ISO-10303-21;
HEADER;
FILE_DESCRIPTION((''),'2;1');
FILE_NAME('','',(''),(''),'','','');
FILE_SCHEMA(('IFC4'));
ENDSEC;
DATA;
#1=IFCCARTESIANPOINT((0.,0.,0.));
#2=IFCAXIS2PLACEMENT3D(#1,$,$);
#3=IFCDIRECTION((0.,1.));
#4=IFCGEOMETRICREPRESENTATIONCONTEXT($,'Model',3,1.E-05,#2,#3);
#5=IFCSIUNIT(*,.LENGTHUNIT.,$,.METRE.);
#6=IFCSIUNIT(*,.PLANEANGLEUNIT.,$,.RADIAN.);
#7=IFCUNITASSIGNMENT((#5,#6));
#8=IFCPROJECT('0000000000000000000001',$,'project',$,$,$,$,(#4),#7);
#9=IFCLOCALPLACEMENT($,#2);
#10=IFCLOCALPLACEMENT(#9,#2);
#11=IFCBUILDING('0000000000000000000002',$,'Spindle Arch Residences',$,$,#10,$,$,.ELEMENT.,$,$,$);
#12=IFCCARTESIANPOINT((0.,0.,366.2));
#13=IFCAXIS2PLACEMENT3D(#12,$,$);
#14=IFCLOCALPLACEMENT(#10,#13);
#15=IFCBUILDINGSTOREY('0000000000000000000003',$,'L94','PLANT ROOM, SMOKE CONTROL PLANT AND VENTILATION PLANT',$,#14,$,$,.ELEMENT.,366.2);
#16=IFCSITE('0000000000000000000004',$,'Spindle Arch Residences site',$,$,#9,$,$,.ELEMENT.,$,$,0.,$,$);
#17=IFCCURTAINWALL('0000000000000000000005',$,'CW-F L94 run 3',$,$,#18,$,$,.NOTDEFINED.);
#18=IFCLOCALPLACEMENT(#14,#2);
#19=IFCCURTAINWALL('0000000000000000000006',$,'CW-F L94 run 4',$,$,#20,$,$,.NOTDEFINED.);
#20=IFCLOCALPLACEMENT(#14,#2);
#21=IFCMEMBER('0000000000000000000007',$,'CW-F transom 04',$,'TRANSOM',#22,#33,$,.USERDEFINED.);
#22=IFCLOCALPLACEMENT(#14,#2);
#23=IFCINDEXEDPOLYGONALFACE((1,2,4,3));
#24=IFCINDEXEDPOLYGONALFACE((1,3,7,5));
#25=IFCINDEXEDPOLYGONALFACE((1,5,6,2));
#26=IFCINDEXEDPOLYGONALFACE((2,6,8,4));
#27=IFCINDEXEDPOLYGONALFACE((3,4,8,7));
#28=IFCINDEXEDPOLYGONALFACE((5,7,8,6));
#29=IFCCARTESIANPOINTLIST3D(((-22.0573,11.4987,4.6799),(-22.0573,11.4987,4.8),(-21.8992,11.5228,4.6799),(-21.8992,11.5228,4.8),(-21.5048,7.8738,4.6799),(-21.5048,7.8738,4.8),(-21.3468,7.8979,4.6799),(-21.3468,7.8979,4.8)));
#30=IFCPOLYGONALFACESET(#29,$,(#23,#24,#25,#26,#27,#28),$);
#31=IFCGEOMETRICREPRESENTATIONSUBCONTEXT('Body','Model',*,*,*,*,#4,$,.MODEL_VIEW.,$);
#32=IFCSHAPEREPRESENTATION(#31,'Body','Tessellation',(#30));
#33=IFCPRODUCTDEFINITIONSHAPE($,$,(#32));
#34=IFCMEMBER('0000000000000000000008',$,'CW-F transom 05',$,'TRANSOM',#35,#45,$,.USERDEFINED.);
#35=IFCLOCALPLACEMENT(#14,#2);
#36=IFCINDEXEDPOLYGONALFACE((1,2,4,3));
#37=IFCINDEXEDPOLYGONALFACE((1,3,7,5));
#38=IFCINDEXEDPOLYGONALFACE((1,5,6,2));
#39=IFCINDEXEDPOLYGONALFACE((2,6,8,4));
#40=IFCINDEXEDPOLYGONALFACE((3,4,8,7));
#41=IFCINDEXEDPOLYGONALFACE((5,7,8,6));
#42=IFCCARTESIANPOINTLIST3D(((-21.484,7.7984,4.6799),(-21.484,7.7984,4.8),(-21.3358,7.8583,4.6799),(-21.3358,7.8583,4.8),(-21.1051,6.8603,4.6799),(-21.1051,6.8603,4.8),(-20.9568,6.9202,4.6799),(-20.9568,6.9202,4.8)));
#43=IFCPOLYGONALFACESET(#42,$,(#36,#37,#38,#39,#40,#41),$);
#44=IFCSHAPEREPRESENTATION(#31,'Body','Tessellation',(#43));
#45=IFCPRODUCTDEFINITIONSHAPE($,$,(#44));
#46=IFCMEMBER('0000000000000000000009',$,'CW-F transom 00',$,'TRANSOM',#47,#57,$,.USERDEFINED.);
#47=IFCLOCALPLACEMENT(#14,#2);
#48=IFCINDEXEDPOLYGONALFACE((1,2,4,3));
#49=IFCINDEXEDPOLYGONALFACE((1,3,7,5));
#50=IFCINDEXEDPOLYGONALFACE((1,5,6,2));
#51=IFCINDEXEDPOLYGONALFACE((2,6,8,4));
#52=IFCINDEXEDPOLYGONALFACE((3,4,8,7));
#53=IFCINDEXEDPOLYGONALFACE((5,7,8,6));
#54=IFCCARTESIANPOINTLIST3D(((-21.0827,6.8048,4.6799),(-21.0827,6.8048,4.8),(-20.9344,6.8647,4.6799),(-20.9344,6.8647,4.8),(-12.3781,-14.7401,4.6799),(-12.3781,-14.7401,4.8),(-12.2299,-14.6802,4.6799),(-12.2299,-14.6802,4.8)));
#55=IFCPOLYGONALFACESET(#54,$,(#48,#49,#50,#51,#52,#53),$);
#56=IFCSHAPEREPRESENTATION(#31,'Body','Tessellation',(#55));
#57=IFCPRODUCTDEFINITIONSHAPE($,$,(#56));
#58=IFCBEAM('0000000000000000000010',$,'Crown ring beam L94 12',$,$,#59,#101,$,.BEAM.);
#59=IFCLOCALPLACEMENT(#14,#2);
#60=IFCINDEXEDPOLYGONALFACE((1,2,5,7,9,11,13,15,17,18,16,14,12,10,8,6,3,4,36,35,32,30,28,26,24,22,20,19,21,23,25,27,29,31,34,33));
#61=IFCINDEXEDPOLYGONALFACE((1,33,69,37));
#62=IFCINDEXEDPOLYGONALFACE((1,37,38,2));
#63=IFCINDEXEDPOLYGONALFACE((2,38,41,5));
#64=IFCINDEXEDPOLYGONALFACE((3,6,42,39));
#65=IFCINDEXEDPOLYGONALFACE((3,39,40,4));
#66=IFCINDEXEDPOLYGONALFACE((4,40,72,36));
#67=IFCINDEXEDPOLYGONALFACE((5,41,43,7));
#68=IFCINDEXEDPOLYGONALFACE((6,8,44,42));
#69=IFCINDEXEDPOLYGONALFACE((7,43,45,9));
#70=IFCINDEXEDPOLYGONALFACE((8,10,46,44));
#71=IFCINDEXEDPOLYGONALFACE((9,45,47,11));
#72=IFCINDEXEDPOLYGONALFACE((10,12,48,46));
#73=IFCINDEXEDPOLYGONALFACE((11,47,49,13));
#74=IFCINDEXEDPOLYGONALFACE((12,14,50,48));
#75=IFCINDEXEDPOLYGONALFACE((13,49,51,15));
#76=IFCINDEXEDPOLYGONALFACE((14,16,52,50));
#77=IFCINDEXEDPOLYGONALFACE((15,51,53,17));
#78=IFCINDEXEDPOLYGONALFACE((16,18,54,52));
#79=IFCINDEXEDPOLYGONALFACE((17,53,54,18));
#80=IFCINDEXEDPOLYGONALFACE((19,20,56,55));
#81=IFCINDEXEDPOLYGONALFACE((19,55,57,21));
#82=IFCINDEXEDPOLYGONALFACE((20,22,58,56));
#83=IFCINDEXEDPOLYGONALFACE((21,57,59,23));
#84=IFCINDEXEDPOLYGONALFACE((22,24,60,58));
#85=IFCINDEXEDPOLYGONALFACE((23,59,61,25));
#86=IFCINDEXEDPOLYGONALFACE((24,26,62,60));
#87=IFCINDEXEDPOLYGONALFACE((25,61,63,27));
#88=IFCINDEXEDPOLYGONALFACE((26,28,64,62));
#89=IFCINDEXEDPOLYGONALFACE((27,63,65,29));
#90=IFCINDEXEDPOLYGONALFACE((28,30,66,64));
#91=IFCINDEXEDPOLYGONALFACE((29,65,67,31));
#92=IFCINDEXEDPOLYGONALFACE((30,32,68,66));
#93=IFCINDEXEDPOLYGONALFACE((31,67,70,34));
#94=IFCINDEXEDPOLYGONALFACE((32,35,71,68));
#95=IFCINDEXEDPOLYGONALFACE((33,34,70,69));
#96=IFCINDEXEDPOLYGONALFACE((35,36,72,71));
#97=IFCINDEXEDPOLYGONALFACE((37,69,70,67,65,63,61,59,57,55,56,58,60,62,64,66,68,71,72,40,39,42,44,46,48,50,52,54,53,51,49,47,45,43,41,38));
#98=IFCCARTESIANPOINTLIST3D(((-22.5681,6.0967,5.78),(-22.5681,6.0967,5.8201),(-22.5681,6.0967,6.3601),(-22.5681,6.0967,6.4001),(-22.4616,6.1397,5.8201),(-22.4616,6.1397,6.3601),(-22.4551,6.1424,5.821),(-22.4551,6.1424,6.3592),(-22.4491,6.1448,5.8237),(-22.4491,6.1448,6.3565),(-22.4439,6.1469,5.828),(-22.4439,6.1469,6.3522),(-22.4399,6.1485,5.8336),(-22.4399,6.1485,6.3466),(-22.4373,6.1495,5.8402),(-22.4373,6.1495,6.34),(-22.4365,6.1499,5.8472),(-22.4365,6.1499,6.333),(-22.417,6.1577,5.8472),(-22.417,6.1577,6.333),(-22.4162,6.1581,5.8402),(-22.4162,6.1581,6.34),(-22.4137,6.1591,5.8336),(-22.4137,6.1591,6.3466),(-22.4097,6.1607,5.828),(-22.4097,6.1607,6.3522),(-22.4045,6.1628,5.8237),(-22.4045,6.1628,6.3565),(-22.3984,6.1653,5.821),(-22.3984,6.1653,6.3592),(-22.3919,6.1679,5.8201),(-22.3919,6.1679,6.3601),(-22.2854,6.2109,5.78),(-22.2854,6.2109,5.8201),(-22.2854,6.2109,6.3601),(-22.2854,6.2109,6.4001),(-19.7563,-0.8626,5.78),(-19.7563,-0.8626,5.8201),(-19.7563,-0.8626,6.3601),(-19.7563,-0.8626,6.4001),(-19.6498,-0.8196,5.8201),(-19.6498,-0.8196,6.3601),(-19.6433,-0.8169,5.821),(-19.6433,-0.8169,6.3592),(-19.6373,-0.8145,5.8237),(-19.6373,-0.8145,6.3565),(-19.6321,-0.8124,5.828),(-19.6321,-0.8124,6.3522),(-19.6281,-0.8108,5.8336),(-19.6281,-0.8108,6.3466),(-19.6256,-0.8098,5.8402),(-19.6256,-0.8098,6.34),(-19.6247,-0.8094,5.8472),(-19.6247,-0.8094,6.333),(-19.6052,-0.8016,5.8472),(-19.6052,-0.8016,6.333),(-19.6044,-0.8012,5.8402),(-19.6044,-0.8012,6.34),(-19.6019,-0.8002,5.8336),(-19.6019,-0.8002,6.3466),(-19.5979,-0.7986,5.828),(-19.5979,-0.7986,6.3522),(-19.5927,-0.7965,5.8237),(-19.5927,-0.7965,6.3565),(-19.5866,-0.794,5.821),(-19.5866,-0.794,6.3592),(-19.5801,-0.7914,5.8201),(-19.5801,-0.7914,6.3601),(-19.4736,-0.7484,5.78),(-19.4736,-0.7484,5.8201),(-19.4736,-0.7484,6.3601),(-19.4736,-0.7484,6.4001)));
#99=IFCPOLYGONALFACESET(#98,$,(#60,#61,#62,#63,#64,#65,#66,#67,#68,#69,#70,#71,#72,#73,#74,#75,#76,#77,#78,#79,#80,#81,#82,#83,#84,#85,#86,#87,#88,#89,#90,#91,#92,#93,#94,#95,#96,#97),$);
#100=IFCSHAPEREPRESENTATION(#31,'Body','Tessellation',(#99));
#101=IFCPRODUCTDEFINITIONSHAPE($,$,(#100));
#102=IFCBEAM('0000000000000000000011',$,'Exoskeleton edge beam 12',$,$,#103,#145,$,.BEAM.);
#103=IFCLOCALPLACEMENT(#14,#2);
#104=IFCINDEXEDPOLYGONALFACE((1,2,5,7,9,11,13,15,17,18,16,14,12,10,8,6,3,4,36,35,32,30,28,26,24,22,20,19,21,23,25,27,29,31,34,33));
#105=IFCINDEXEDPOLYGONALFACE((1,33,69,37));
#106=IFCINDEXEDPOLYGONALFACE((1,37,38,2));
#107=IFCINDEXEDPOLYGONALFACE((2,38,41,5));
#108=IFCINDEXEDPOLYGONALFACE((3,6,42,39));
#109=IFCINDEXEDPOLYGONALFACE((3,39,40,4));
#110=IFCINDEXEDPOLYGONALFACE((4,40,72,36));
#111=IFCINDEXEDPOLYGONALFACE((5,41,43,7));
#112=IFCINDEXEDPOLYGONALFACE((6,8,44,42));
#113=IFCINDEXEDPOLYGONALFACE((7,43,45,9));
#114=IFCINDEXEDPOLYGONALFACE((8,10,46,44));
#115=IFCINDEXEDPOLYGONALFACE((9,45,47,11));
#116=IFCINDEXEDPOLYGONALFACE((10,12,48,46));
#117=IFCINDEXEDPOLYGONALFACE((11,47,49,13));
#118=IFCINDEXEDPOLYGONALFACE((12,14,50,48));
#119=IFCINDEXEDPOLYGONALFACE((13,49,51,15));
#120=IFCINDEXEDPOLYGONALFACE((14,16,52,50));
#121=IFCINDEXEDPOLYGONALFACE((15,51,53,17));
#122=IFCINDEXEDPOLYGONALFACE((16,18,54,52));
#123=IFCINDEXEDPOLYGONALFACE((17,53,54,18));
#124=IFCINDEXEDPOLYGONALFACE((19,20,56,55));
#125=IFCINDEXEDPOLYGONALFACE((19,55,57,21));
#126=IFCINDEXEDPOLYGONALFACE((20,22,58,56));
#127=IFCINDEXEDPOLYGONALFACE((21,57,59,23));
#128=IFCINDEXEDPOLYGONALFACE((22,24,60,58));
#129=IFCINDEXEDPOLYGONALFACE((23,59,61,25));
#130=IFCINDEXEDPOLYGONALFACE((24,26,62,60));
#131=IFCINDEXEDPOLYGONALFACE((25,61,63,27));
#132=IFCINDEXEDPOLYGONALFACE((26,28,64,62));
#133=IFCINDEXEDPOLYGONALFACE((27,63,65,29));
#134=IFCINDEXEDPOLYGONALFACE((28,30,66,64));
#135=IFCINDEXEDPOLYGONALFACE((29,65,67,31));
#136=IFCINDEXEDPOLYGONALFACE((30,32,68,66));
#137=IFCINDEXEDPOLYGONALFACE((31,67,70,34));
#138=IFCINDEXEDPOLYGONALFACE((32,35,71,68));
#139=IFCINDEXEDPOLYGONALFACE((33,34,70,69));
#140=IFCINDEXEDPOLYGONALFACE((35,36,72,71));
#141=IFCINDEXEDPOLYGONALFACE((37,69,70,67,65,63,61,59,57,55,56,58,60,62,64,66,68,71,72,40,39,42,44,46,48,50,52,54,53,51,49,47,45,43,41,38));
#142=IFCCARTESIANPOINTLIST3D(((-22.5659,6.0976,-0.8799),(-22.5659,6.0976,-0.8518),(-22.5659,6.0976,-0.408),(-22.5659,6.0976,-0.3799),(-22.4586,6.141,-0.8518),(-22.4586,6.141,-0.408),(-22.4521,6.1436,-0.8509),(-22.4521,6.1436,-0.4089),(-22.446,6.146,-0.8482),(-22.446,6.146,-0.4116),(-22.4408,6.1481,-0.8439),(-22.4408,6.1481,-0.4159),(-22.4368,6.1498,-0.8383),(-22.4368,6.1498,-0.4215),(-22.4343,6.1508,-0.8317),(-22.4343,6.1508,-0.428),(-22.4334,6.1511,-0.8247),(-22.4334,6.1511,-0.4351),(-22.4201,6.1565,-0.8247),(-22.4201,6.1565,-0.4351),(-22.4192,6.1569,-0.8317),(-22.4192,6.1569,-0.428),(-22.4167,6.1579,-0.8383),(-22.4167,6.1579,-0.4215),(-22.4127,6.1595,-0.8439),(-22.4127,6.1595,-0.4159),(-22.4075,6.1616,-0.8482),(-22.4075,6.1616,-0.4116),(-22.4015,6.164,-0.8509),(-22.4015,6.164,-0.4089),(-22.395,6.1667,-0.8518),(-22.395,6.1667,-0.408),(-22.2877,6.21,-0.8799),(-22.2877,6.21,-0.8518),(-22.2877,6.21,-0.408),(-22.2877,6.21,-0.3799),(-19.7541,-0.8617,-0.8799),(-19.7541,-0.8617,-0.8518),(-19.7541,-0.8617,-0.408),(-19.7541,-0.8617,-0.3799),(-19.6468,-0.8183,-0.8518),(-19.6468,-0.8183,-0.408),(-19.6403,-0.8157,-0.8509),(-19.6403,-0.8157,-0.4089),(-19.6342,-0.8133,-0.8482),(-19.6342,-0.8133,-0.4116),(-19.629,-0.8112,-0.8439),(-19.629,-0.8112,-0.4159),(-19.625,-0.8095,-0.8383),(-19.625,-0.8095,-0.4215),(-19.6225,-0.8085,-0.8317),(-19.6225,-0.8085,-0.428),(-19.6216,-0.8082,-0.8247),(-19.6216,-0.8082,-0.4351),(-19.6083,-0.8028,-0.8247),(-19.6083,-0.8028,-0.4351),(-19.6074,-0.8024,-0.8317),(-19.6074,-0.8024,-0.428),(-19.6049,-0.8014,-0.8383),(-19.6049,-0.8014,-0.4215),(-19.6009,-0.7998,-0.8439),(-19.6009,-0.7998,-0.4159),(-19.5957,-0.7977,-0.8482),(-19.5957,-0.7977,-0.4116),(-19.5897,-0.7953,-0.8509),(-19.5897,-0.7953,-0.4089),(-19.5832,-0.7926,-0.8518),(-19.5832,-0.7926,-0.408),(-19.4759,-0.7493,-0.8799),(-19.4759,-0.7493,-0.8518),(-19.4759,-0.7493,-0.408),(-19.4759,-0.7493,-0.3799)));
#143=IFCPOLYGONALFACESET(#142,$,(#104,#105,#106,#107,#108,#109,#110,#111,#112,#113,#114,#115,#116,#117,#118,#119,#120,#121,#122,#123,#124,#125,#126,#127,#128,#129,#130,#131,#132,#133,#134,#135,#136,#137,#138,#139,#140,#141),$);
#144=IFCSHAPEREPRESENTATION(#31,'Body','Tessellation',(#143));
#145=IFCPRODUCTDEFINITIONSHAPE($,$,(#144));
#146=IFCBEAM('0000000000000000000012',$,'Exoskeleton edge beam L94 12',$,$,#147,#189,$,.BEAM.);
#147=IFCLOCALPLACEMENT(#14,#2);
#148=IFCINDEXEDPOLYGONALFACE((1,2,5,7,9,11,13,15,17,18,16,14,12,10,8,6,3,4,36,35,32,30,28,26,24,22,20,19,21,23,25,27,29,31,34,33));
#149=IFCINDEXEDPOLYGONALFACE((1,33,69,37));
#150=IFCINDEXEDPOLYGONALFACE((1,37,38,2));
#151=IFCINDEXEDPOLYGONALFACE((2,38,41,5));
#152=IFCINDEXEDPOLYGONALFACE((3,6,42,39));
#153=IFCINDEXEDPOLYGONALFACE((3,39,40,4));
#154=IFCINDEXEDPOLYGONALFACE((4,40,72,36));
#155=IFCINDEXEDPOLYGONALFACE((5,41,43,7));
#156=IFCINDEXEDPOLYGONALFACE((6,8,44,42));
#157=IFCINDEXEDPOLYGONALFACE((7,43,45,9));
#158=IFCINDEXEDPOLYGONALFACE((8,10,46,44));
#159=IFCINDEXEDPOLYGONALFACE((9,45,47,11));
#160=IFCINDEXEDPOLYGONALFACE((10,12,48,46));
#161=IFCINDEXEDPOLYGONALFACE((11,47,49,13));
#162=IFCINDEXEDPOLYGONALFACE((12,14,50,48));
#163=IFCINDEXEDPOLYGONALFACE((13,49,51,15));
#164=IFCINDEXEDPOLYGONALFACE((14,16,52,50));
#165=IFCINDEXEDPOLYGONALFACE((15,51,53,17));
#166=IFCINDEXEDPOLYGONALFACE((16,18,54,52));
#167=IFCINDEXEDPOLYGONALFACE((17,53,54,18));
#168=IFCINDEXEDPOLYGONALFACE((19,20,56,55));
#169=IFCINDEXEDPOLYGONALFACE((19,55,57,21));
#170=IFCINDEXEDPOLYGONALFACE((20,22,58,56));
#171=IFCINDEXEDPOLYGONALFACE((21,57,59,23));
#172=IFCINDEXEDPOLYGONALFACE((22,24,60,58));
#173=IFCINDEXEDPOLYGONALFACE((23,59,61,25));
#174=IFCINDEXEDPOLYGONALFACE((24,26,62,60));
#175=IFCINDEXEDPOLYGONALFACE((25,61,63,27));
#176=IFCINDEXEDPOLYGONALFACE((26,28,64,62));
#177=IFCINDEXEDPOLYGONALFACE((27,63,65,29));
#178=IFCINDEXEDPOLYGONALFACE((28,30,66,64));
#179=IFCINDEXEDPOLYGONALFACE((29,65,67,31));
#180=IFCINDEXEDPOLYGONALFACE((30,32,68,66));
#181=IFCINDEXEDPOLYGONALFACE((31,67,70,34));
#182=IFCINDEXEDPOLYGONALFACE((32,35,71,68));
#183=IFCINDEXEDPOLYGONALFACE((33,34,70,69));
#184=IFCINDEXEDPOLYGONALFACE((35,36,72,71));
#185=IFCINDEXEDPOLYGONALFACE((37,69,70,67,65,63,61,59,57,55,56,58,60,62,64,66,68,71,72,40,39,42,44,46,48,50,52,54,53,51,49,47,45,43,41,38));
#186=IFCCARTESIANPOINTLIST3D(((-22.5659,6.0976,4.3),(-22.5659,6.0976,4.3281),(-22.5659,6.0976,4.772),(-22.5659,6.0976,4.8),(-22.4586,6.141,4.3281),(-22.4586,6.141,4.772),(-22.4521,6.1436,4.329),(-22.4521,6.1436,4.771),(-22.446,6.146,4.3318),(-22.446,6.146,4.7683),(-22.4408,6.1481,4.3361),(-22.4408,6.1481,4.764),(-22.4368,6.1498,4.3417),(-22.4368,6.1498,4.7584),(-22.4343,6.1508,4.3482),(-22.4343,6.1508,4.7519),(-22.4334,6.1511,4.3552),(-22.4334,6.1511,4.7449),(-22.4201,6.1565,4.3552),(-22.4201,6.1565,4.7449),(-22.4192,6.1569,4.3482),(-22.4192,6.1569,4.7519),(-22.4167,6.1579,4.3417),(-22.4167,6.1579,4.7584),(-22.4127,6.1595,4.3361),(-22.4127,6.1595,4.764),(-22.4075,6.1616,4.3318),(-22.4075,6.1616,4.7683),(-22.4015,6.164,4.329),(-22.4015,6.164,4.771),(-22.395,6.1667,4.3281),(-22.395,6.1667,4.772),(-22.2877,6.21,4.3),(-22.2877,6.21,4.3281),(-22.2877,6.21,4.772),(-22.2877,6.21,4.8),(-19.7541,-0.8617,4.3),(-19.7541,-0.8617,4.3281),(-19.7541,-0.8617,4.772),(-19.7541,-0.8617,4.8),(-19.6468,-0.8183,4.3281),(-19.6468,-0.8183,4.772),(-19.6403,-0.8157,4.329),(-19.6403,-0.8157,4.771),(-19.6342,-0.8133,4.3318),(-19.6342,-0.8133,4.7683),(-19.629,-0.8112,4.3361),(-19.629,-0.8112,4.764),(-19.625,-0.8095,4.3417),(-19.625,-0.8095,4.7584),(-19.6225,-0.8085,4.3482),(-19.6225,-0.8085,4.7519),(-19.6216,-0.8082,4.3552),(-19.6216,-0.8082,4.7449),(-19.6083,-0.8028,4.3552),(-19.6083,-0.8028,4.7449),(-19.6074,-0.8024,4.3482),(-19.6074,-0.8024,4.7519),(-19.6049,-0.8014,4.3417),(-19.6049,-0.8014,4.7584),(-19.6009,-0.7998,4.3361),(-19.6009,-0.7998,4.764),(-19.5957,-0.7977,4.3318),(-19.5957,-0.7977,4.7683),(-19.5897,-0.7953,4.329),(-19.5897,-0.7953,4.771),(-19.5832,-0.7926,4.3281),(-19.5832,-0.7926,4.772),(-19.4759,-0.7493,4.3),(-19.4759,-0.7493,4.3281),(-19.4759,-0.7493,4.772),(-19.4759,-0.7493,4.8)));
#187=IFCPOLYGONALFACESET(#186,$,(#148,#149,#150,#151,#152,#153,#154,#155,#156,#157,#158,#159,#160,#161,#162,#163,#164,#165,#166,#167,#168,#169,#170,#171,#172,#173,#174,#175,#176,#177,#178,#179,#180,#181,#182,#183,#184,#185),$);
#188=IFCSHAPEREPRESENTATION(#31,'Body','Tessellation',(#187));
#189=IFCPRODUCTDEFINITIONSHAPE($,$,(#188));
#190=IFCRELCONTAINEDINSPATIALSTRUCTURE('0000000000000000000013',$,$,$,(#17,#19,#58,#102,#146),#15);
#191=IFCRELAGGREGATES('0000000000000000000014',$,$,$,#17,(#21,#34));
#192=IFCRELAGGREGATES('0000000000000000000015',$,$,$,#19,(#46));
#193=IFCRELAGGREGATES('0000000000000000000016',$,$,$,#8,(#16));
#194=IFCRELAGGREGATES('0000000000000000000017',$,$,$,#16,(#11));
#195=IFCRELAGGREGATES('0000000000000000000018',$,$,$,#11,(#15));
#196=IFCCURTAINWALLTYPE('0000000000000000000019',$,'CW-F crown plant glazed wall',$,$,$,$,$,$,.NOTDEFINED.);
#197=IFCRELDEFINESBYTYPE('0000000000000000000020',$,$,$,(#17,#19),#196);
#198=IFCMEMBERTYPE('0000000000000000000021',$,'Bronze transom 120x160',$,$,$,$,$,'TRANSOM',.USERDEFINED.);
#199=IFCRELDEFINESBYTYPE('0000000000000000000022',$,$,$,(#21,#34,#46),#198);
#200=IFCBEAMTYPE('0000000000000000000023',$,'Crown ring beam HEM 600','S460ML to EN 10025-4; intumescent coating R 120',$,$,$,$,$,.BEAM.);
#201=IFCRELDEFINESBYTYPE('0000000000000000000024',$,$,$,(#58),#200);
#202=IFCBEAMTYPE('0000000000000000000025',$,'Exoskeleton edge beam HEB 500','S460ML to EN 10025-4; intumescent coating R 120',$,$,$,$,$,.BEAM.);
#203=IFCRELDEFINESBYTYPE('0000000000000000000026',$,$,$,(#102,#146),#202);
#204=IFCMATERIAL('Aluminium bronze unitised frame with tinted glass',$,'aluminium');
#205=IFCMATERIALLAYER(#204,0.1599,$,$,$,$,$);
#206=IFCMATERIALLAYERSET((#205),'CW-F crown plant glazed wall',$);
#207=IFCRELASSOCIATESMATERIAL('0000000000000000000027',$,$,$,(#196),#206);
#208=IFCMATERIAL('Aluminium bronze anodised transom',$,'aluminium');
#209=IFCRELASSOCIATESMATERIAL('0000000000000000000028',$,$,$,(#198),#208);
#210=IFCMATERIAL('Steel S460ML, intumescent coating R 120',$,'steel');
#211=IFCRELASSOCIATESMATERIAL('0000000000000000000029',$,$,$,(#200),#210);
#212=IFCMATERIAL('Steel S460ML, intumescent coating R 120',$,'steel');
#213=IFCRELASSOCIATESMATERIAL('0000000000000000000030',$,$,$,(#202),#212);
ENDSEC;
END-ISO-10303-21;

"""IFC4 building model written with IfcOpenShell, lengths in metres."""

from ifc_helpers import new_model, si_unit, direction, frame, origin, origin_2d, place, context, subcontext, project, spatial, rectangle, i_section, extrude, material, layer, layer_set, material_profile, profile_set, type_object, element, aggregate, save


model = new_model("IFC4")

# Units and contexts
model_context = context("Model", 3, precision=1e-05, world=origin(), true_north=direction((0.0, 1.0)))
body_context = subcontext(model_context, "Body", "Model", "MODEL_VIEW")
ifc_project = project(units=[si_unit("LENGTHUNIT", "METRE"), si_unit("PLANEANGLEUNIT", "RADIAN")], contexts=[model_context])

# Site, building, storey
site_placement = place(None, origin())
site = spatial("IfcSite", under=ifc_project, at=site_placement, Name="Spindle Arch Residences site", CompositionType="ELEMENT", RefElevation=0.0)
building_placement = place(site_placement, origin())
building = spatial("IfcBuilding", under=site, at=building_placement, Name="Spindle Arch Residences", CompositionType="ELEMENT")
storey_placement = place(building_placement, frame((0.0, 0.0, 366.2)))
storey = spatial("IfcBuildingStorey", under=building, at=storey_placement, Name="L94", Description="PLANT ROOM, SMOKE CONTROL PLANT AND VENTILATION PLANT", CompositionType="ELEMENT", Elevation=366.2)

# Curtain wall
ifc_material_1 = material(Name="Aluminium bronze unitised frame with tinted glass", Category="aluminium")
ifc_layer_1 = layer(ifc_material_1, 0.1599)
ifc_layer_set_1 = layer_set([ifc_layer_1], Name="CW-F crown plant glazed wall")
curtain_wall_type = type_object("IfcCurtainWallType", Name="CW-F crown plant glazed wall", PredefinedType="NOTDEFINED", material=ifc_layer_set_1)
curtain_wall_1_placement = place(storey_placement, origin())
curtain_wall_1 = element("IfcCurtainWall", 1, at=curtain_wall_1_placement, inside=storey, type_object=curtain_wall_type, Name="CW-F L94 run 3", PredefinedType="NOTDEFINED")

# Curtain wall
curtain_wall_2_placement = place(storey_placement, origin())
curtain_wall_2 = element("IfcCurtainWall", 2, at=curtain_wall_2_placement, inside=storey, type_object=curtain_wall_type, Name="CW-F L94 run 4", PredefinedType="NOTDEFINED")

# Members
ifc_material_2 = material(Name="Aluminium bronze anodised transom", Category="aluminium")
ifc_material_profile_1 = material_profile(ifc_material_2, rectangle(XDim=0.1599, YDim=0.1201, at=origin_2d()), Name="TR 120x160")
ifc_profile_set_1 = profile_set([ifc_material_profile_1], Name="Aluminium bronze anodised transom")
member_type_1 = type_object("IfcMemberType", Name="Bronze transom 120x160", ElementType="TRANSOM", PredefinedType="USERDEFINED", material=ifc_profile_set_1)
member_1_placement = place(storey_placement, frame((-21.9783, 11.5107, 4.74), z_axis=(0.150671, -0.988584, 0.0), x_axis=(0.988584, 0.150671, 0.0)))
member_1 = element("IfcMember", 3, at=member_1_placement, type_object=member_type_1, Name="CW-F transom 04", ObjectType="TRANSOM", PredefinedType="USERDEFINED", context=body_context, shape_type="SweptSolid", body=[
    extrude(rectangle(XDim=0.1599, YDim=0.1201, at=origin_2d()), origin(), (0.0, 0.0, 1.0), 3.6667),
])
member_2_placement = place(storey_placement, frame((-21.4099, 7.8284, 4.74), z_axis=(0.374551, -0.927206, 0.0), x_axis=(0.927206, 0.374551, 0.0)))
member_2 = element("IfcMember", 4, at=member_2_placement, type_object=member_type_1, Name="CW-F transom 05", ObjectType="TRANSOM", PredefinedType="USERDEFINED", context=body_context, shape_type="SweptSolid", body=[
    extrude(rectangle(XDim=0.1599, YDim=0.1201, at=origin_2d()), origin(), (0.0, 0.0, 1.0), 1.0117),
])
member_3_placement = place(storey_placement, frame((-21.0085, 6.8347, 4.74), z_axis=(0.374602, -0.927186, 0.0), x_axis=(0.927186, 0.374602, 0.0)))
member_3 = element("IfcMember", 5, at=member_3_placement, type_object=member_type_1, Name="CW-F transom 00", ObjectType="TRANSOM", PredefinedType="USERDEFINED", context=body_context, shape_type="SweptSolid", body=[
    extrude(rectangle(XDim=0.1599, YDim=0.1201, at=origin_2d()), origin(), (0.0, 0.0, 1.0), 23.2368),
])

# Beams
ifc_material_3 = material(Name="Steel S460ML, intumescent coating R 120", Category="steel")
ifc_material_profile_2 = material_profile(ifc_material_3, i_section(OverallWidth=0.3049, OverallDepth=0.6201, WebThickness=0.021, FlangeThickness=0.04, FilletRadius=0.0271, at=origin_2d()), Name="HEM 600")
ifc_profile_set_2 = profile_set([ifc_material_profile_2], Name="Steel S460ML, intumescent coating R 120")
beam_type_1 = type_object("IfcBeamType", Name="Crown ring beam HEM 600", Description="S460ML to EN 10025-4; intumescent coating R 120", PredefinedType="BEAM", material=ifc_profile_set_2)
beam_1_placement = place(storey_placement, frame((-22.4268, 6.1538, 6.0901), z_axis=(0.374613, -0.927181, 0.0), x_axis=(0.927181, 0.374613, 0.0)))
element("IfcBeam", 6, at=beam_1_placement, inside=storey, type_object=beam_type_1, Name="Crown ring beam L94 12", PredefinedType="BEAM", context=body_context, shape_type="SweptSolid", body=[
    extrude(i_section(OverallWidth=0.3049, OverallDepth=0.6201, WebThickness=0.021, FlangeThickness=0.04, FilletRadius=0.0271, at=origin_2d()), origin(), (0.0, 0.0, 1.0), 7.5059),
])
ifc_material_4 = material(Name="Steel S460ML, intumescent coating R 120", Category="steel")
ifc_material_profile_3 = material_profile(ifc_material_4, i_section(OverallWidth=0.3, OverallDepth=0.5, WebThickness=0.0144, FlangeThickness=0.0281, FilletRadius=0.0271, at=origin_2d()), Name="HEB 500")
ifc_profile_set_3 = profile_set([ifc_material_profile_3], Name="Steel S460ML, intumescent coating R 120")
beam_type_2 = type_object("IfcBeamType", Name="Exoskeleton edge beam HEB 500", Description="S460ML to EN 10025-4; intumescent coating R 120", PredefinedType="BEAM", material=ifc_profile_set_3)
for number, where, z_axis, x_axis, name in (
    (7, (-22.4268, 6.1538, -0.6299), (0.374613, -0.927181, 0.0), (0.927181, 0.374613, 0.0), "Exoskeleton edge beam 12"),
    (8, (-22.4268, 6.1538, 4.55), (0.374613, -0.927181, 0.0), (0.927181, 0.374613, 0.0), "Exoskeleton edge beam L94 12"),
):
    element("IfcBeam", number, at=place(storey_placement, frame(where, z_axis=z_axis, x_axis=x_axis)), inside=storey, type_object=beam_type_2, Name=name, PredefinedType="BEAM", context=body_context, shape_type="SweptSolid", body=[
        extrude(i_section(OverallWidth=0.3, OverallDepth=0.5, WebThickness=0.0144, FlangeThickness=0.0281, FilletRadius=0.0271, at=origin_2d()), origin(), (0.0, 0.0, 1.0), 7.5059),
    ])

aggregate(curtain_wall_1, [member_1, member_2])
aggregate(curtain_wall_2, [member_3])

save(model, "model.ifc")
